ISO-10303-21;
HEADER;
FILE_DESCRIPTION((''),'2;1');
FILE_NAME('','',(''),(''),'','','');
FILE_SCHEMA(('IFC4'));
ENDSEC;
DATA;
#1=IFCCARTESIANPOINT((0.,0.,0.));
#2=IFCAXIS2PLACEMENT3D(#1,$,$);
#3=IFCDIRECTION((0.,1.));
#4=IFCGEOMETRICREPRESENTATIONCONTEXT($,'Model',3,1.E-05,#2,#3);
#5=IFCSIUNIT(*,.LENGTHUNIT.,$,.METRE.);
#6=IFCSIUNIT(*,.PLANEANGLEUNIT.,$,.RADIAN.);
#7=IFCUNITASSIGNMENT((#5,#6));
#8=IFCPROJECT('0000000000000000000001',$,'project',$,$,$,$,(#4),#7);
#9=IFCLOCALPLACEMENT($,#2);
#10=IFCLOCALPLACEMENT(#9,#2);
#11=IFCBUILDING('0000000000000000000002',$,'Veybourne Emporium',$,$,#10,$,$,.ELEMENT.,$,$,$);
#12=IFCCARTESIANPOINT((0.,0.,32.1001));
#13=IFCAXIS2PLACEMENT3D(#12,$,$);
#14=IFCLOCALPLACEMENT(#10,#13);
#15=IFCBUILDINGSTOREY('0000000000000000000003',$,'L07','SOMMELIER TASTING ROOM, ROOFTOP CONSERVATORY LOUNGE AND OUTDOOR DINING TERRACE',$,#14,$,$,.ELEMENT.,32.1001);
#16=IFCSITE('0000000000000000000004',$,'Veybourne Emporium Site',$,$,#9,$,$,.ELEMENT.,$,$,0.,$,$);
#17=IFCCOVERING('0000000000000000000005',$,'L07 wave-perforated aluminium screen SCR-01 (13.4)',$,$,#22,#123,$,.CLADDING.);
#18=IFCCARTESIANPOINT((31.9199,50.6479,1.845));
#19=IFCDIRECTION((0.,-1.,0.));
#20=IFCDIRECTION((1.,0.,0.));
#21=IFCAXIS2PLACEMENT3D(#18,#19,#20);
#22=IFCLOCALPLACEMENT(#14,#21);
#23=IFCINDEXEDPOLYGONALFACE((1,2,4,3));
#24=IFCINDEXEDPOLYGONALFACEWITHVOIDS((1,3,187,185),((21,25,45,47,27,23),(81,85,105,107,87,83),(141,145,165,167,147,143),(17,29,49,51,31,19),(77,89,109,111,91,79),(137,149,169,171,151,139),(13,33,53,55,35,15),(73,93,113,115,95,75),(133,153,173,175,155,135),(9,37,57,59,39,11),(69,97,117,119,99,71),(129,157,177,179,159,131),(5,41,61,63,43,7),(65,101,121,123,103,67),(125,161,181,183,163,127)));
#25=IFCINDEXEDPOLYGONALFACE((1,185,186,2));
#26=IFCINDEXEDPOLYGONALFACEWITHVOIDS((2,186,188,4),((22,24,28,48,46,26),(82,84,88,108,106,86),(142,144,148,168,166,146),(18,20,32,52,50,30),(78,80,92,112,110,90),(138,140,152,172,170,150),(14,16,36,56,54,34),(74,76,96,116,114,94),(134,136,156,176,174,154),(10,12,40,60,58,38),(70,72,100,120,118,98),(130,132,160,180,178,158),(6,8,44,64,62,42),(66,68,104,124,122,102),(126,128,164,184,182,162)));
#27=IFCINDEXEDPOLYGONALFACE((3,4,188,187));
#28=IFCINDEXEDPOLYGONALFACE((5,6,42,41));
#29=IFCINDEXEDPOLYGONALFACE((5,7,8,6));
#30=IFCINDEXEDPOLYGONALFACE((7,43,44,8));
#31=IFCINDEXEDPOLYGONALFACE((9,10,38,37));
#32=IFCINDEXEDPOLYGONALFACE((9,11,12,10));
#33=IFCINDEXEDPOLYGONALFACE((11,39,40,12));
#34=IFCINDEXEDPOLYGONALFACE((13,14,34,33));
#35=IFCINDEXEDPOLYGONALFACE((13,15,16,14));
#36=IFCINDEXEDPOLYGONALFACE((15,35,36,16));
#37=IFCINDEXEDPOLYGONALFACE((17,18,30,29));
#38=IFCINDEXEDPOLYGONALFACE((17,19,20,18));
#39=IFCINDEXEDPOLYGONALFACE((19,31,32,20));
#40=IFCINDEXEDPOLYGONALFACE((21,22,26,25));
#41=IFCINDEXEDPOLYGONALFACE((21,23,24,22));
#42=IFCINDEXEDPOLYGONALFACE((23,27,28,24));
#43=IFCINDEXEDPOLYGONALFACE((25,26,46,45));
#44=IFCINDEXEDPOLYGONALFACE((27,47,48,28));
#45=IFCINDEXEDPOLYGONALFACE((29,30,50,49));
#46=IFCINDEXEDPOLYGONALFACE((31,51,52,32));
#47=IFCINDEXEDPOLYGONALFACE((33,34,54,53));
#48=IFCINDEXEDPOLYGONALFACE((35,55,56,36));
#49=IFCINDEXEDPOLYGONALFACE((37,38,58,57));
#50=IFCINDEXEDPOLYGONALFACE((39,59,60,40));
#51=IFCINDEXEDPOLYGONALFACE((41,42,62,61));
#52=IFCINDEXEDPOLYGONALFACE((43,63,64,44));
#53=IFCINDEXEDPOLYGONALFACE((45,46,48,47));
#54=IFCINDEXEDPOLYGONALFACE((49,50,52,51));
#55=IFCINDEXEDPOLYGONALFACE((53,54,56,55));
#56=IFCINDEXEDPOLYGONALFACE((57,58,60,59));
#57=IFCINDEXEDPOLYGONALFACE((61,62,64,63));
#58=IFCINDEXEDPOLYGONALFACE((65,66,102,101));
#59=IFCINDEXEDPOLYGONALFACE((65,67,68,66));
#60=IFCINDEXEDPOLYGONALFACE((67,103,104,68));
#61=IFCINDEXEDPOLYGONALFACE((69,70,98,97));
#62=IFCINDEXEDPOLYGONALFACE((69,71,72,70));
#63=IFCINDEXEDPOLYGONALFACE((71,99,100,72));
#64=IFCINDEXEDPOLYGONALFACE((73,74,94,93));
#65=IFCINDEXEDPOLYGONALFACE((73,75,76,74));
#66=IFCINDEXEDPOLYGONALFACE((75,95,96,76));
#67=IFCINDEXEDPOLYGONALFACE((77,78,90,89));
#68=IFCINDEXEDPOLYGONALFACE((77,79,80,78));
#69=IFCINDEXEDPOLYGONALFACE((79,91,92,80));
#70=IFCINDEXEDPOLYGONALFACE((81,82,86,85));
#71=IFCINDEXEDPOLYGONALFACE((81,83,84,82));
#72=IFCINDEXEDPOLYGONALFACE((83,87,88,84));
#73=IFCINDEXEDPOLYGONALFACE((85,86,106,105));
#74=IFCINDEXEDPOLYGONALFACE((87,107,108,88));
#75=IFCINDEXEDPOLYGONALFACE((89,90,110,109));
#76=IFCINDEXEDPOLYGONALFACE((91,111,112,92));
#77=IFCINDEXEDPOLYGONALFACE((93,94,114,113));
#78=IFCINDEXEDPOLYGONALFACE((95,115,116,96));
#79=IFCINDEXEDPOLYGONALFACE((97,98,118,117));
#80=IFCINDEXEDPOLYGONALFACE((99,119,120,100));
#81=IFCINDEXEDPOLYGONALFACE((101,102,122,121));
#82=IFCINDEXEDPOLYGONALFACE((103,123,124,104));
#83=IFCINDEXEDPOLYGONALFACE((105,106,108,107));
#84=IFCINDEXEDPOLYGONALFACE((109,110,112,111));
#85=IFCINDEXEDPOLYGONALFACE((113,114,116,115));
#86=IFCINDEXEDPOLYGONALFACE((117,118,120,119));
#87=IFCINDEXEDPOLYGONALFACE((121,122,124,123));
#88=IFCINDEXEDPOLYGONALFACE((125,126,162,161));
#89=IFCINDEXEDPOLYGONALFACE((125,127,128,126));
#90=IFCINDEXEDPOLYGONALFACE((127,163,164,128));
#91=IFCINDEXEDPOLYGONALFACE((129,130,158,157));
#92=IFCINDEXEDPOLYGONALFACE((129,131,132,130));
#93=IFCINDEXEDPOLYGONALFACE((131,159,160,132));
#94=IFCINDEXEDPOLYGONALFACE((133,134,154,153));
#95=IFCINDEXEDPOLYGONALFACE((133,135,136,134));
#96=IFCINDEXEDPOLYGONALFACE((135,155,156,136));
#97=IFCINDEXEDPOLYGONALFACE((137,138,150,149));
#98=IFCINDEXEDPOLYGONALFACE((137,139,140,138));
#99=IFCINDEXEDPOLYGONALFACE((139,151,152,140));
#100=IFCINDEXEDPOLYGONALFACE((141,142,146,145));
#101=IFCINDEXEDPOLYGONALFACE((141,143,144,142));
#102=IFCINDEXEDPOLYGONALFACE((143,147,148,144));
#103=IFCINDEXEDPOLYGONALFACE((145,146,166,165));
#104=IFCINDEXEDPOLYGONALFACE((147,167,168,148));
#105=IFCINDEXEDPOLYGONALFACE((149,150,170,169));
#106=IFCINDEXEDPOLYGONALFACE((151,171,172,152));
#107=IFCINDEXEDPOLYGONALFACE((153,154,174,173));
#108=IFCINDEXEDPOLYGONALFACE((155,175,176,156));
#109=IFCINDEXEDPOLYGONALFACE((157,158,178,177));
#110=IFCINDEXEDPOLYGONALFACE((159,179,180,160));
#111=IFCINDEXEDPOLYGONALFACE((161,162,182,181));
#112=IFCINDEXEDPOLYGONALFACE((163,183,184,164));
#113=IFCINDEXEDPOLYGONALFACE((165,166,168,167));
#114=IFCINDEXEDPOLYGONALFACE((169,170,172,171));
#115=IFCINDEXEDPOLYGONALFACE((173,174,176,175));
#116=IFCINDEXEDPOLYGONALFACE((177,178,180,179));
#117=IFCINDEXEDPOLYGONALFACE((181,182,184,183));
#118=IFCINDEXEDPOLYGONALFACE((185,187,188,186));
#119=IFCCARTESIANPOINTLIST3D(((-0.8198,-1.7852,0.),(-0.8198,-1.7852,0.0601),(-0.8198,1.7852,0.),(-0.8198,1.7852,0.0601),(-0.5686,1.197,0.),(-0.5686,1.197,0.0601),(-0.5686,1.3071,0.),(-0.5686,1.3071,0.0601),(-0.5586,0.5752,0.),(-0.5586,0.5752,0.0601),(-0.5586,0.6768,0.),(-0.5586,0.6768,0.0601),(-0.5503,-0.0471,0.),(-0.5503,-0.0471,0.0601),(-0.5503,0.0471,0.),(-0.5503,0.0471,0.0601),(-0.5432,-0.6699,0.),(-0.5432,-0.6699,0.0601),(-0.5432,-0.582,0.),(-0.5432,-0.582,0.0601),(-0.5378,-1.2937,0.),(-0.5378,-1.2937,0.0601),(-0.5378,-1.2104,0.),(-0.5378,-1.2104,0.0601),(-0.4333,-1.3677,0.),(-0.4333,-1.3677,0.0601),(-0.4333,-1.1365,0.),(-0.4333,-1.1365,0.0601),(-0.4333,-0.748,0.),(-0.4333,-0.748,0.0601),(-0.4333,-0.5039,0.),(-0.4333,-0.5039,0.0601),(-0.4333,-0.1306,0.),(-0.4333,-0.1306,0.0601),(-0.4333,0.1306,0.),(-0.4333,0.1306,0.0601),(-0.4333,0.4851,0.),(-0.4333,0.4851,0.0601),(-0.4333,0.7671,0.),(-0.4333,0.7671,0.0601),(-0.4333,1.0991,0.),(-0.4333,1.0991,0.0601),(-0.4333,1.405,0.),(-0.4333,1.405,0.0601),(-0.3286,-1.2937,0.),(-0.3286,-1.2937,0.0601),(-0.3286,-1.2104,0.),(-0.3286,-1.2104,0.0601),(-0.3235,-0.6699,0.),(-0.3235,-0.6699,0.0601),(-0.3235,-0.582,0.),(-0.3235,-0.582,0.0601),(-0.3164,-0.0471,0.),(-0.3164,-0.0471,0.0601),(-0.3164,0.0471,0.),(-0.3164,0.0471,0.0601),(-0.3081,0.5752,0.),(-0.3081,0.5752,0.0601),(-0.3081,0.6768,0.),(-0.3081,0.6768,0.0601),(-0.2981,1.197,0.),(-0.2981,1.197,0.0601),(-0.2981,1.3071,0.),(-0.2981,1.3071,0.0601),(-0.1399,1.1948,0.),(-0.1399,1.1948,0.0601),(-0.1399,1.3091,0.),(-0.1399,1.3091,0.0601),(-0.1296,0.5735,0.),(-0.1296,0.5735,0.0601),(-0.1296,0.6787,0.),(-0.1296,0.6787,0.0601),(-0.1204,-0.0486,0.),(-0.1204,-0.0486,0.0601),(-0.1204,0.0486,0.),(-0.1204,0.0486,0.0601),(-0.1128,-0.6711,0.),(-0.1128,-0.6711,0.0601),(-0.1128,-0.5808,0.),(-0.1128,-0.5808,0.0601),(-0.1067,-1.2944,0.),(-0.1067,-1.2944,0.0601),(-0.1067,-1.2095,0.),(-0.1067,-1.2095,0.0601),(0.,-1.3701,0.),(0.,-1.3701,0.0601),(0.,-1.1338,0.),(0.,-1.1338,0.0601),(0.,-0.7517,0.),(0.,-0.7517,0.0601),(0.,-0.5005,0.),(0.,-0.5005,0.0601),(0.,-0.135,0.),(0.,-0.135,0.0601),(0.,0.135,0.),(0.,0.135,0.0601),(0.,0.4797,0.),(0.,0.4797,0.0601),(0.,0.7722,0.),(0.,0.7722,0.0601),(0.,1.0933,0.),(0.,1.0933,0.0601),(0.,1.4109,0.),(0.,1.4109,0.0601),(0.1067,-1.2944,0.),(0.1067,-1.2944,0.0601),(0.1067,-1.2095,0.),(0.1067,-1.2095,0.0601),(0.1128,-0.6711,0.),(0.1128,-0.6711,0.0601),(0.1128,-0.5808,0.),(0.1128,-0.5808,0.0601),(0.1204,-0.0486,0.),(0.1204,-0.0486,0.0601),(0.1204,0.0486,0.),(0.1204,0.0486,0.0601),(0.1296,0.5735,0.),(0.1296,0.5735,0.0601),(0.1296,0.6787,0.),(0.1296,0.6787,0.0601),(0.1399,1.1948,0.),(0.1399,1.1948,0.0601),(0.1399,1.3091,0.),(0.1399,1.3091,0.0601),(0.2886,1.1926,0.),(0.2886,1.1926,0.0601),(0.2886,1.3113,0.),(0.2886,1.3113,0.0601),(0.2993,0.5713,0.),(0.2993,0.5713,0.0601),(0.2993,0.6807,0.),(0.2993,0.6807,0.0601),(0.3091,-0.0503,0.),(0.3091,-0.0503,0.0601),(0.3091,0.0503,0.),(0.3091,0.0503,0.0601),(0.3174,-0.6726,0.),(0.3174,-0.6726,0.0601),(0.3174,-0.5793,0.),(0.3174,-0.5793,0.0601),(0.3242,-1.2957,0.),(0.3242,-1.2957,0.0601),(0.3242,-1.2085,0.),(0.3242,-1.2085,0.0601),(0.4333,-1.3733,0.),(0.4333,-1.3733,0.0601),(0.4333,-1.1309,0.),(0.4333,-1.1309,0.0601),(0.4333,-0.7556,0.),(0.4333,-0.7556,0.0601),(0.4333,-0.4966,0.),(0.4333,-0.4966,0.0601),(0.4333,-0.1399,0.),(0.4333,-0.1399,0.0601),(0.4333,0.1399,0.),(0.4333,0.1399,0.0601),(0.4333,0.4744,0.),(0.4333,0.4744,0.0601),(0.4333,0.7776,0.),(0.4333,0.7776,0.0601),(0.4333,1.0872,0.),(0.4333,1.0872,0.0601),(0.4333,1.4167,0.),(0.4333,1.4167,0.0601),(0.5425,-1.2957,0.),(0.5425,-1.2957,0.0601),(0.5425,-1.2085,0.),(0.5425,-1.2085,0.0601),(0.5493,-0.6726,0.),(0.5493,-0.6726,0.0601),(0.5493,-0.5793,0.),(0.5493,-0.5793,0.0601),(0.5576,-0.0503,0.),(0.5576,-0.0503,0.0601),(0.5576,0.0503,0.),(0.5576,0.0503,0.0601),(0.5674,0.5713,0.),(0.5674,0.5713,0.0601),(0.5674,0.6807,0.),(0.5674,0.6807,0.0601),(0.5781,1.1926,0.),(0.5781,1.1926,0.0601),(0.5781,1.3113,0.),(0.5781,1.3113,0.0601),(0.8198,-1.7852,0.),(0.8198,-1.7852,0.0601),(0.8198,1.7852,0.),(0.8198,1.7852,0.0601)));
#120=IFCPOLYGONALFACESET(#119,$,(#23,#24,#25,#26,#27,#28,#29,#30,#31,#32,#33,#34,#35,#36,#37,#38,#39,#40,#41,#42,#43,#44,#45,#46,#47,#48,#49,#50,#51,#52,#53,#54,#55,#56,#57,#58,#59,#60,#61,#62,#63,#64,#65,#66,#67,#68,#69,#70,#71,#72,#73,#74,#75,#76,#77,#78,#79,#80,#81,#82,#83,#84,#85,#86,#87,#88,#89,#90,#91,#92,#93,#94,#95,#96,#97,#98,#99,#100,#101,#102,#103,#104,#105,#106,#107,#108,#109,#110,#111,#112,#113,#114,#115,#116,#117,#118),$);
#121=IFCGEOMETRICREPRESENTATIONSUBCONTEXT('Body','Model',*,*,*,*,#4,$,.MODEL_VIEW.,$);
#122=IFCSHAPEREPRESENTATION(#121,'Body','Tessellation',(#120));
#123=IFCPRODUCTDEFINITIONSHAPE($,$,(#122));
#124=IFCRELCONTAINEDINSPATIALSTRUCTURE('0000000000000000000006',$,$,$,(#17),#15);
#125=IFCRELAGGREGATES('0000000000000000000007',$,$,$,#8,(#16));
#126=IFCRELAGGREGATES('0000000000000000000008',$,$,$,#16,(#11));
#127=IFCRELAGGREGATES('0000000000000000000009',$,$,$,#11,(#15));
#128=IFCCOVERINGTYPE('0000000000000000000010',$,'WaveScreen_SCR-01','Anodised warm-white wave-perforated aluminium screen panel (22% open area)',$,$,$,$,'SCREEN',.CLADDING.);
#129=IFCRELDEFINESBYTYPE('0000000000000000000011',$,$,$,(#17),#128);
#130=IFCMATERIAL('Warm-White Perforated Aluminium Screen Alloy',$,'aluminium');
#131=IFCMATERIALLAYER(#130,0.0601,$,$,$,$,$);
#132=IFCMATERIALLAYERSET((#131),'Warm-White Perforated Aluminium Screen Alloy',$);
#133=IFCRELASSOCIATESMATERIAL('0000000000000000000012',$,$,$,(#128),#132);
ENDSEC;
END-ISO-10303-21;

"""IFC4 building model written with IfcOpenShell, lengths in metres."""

from ifc_helpers import new_model, si_unit, direction, frame, origin, place, context, subcontext, project, spatial, polyline, outline, extrude, material, layer, layer_set, type_object, element, save


model = new_model("IFC4")

# Units and contexts
model_context = context("Model", 3, precision=1e-05, world=origin(), true_north=direction((0.0, 1.0)))
body_context = subcontext(model_context, "Body", "Model", "MODEL_VIEW")
ifc_project = project(units=[si_unit("LENGTHUNIT", "METRE"), si_unit("PLANEANGLEUNIT", "RADIAN")], contexts=[model_context])

# Site, building, storey
site_placement = place(None, origin())
site = spatial("IfcSite", under=ifc_project, at=site_placement, Name="Veybourne Emporium Site", CompositionType="ELEMENT", RefElevation=0.0)
building_placement = place(site_placement, origin())
building = spatial("IfcBuilding", under=site, at=building_placement, Name="Veybourne Emporium", CompositionType="ELEMENT")
storey_placement = place(building_placement, frame((0.0, 0.0, 32.1001)))
storey = spatial("IfcBuildingStorey", under=building, at=storey_placement, Name="L07", Description="SOMMELIER TASTING ROOM, ROOFTOP CONSERVATORY LOUNGE AND OUTDOOR DINING TERRACE", CompositionType="ELEMENT", Elevation=32.1001)

# Covering
ifc_material_1 = material(Name="Warm-White Perforated Aluminium Screen Alloy", Category="aluminium")
ifc_layer_1 = layer(ifc_material_1, 0.0601)
ifc_layer_set_1 = layer_set([ifc_layer_1], Name="Warm-White Perforated Aluminium Screen Alloy")
covering_type_1 = type_object("IfcCoveringType", Name="WaveScreen_SCR-01", Description="Anodised warm-white wave-perforated aluminium screen panel (22% open area)", ElementType="SCREEN", PredefinedType="CLADDING", material=ifc_layer_set_1)
covering_1_placement = place(storey_placement, frame((31.9199, 50.6479, 1.845), z_axis=(0.0, -1.0, 0.0), x_axis=(1.0, 0.0, 0.0)))
element("IfcCovering", 1, at=covering_1_placement, inside=storey, type_object=covering_type_1, Name="L07 wave-perforated aluminium screen SCR-01 (13.4)", PredefinedType="CLADDING", context=body_context, shape_type="SweptSolid", body=[
    extrude(outline(polyline([(-0.8198, -1.7852), (0.8198, -1.7852), (0.8198, 1.7852), (-0.8198, 1.7852), (-0.8198, -1.7852)]), holes=[polyline([(-0.4333, -1.1365), (-0.3286, -1.2104), (-0.3286, -1.2937), (-0.4333, -1.3677), (-0.5378, -1.2937), (-0.5378, -1.2104), (-0.4333, -1.1365)]), polyline([(-0.4333, -0.5039), (-0.3235, -0.582), (-0.3235, -0.6699), (-0.4333, -0.748), (-0.5432, -0.6699), (-0.5432, -0.582), (-0.4333, -0.5039)]), polyline([(-0.4333, 0.1306), (-0.3164, 0.0471), (-0.3164, -0.0471), (-0.4333, -0.1306), (-0.5503, -0.0471), (-0.5503, 0.0471), (-0.4333, 0.1306)]), polyline([(-0.4333, 0.7671), (-0.3081, 0.6768), (-0.3081, 0.5752), (-0.4333, 0.4851), (-0.5586, 0.5752), (-0.5586, 0.6768), (-0.4333, 0.7671)]), polyline([(-0.4333, 1.405), (-0.2981, 1.3071), (-0.2981, 1.197), (-0.4333, 1.0991), (-0.5686, 1.197), (-0.5686, 1.3071), (-0.4333, 1.405)]), polyline([(0.0, -1.1338), (0.1067, -1.2095), (0.1067, -1.2944), (0.0, -1.3701), (-0.1067, -1.2944), (-0.1067, -1.2095), (0.0, -1.1338)]), polyline([(0.0, -0.5005), (0.1128, -0.5808), (0.1128, -0.6711), (0.0, -0.7517), (-0.1128, -0.6711), (-0.1128, -0.5808), (0.0, -0.5005)]), polyline([(0.0, 0.135), (0.1204, 0.0486), (0.1204, -0.0486), (0.0, -0.135), (-0.1204, -0.0486), (-0.1204, 0.0486), (0.0, 0.135)]), polyline([(0.0, 0.7722), (0.1296, 0.6787), (0.1296, 0.5735), (0.0, 0.4797), (-0.1296, 0.5735), (-0.1296, 0.6787), (0.0, 0.7722)]), polyline([(0.0, 1.4109), (0.1399, 1.3091), (0.1399, 1.1948), (0.0, 1.0933), (-0.1399, 1.1948), (-0.1399, 1.3091), (0.0, 1.4109)]), polyline([(0.4333, -1.1309), (0.5425, -1.2085), (0.5425, -1.2957), (0.4333, -1.3733), (0.3242, -1.2957), (0.3242, -1.2085), (0.4333, -1.1309)]), polyline([(0.4333, -0.4966), (0.5493, -0.5793), (0.5493, -0.6726), (0.4333, -0.7556), (0.3174, -0.6726), (0.3174, -0.5793), (0.4333, -0.4966)]), polyline([(0.4333, 0.1399), (0.5576, 0.0503), (0.5576, -0.0503), (0.4333, -0.1399), (0.3091, -0.0503), (0.3091, 0.0503), (0.4333, 0.1399)]), polyline([(0.4333, 0.7776), (0.5674, 0.6807), (0.5674, 0.5713), (0.4333, 0.4744), (0.2993, 0.5713), (0.2993, 0.6807), (0.4333, 0.7776)]), polyline([(0.4333, 1.4167), (0.5781, 1.3113), (0.5781, 1.1926), (0.4333, 1.0872), (0.2886, 1.1926), (0.2886, 1.3113), (0.4333, 1.4167)])]), origin(), (0.0, 0.0, 1.0), 0.0601),
])

save(model, "model.ifc")
